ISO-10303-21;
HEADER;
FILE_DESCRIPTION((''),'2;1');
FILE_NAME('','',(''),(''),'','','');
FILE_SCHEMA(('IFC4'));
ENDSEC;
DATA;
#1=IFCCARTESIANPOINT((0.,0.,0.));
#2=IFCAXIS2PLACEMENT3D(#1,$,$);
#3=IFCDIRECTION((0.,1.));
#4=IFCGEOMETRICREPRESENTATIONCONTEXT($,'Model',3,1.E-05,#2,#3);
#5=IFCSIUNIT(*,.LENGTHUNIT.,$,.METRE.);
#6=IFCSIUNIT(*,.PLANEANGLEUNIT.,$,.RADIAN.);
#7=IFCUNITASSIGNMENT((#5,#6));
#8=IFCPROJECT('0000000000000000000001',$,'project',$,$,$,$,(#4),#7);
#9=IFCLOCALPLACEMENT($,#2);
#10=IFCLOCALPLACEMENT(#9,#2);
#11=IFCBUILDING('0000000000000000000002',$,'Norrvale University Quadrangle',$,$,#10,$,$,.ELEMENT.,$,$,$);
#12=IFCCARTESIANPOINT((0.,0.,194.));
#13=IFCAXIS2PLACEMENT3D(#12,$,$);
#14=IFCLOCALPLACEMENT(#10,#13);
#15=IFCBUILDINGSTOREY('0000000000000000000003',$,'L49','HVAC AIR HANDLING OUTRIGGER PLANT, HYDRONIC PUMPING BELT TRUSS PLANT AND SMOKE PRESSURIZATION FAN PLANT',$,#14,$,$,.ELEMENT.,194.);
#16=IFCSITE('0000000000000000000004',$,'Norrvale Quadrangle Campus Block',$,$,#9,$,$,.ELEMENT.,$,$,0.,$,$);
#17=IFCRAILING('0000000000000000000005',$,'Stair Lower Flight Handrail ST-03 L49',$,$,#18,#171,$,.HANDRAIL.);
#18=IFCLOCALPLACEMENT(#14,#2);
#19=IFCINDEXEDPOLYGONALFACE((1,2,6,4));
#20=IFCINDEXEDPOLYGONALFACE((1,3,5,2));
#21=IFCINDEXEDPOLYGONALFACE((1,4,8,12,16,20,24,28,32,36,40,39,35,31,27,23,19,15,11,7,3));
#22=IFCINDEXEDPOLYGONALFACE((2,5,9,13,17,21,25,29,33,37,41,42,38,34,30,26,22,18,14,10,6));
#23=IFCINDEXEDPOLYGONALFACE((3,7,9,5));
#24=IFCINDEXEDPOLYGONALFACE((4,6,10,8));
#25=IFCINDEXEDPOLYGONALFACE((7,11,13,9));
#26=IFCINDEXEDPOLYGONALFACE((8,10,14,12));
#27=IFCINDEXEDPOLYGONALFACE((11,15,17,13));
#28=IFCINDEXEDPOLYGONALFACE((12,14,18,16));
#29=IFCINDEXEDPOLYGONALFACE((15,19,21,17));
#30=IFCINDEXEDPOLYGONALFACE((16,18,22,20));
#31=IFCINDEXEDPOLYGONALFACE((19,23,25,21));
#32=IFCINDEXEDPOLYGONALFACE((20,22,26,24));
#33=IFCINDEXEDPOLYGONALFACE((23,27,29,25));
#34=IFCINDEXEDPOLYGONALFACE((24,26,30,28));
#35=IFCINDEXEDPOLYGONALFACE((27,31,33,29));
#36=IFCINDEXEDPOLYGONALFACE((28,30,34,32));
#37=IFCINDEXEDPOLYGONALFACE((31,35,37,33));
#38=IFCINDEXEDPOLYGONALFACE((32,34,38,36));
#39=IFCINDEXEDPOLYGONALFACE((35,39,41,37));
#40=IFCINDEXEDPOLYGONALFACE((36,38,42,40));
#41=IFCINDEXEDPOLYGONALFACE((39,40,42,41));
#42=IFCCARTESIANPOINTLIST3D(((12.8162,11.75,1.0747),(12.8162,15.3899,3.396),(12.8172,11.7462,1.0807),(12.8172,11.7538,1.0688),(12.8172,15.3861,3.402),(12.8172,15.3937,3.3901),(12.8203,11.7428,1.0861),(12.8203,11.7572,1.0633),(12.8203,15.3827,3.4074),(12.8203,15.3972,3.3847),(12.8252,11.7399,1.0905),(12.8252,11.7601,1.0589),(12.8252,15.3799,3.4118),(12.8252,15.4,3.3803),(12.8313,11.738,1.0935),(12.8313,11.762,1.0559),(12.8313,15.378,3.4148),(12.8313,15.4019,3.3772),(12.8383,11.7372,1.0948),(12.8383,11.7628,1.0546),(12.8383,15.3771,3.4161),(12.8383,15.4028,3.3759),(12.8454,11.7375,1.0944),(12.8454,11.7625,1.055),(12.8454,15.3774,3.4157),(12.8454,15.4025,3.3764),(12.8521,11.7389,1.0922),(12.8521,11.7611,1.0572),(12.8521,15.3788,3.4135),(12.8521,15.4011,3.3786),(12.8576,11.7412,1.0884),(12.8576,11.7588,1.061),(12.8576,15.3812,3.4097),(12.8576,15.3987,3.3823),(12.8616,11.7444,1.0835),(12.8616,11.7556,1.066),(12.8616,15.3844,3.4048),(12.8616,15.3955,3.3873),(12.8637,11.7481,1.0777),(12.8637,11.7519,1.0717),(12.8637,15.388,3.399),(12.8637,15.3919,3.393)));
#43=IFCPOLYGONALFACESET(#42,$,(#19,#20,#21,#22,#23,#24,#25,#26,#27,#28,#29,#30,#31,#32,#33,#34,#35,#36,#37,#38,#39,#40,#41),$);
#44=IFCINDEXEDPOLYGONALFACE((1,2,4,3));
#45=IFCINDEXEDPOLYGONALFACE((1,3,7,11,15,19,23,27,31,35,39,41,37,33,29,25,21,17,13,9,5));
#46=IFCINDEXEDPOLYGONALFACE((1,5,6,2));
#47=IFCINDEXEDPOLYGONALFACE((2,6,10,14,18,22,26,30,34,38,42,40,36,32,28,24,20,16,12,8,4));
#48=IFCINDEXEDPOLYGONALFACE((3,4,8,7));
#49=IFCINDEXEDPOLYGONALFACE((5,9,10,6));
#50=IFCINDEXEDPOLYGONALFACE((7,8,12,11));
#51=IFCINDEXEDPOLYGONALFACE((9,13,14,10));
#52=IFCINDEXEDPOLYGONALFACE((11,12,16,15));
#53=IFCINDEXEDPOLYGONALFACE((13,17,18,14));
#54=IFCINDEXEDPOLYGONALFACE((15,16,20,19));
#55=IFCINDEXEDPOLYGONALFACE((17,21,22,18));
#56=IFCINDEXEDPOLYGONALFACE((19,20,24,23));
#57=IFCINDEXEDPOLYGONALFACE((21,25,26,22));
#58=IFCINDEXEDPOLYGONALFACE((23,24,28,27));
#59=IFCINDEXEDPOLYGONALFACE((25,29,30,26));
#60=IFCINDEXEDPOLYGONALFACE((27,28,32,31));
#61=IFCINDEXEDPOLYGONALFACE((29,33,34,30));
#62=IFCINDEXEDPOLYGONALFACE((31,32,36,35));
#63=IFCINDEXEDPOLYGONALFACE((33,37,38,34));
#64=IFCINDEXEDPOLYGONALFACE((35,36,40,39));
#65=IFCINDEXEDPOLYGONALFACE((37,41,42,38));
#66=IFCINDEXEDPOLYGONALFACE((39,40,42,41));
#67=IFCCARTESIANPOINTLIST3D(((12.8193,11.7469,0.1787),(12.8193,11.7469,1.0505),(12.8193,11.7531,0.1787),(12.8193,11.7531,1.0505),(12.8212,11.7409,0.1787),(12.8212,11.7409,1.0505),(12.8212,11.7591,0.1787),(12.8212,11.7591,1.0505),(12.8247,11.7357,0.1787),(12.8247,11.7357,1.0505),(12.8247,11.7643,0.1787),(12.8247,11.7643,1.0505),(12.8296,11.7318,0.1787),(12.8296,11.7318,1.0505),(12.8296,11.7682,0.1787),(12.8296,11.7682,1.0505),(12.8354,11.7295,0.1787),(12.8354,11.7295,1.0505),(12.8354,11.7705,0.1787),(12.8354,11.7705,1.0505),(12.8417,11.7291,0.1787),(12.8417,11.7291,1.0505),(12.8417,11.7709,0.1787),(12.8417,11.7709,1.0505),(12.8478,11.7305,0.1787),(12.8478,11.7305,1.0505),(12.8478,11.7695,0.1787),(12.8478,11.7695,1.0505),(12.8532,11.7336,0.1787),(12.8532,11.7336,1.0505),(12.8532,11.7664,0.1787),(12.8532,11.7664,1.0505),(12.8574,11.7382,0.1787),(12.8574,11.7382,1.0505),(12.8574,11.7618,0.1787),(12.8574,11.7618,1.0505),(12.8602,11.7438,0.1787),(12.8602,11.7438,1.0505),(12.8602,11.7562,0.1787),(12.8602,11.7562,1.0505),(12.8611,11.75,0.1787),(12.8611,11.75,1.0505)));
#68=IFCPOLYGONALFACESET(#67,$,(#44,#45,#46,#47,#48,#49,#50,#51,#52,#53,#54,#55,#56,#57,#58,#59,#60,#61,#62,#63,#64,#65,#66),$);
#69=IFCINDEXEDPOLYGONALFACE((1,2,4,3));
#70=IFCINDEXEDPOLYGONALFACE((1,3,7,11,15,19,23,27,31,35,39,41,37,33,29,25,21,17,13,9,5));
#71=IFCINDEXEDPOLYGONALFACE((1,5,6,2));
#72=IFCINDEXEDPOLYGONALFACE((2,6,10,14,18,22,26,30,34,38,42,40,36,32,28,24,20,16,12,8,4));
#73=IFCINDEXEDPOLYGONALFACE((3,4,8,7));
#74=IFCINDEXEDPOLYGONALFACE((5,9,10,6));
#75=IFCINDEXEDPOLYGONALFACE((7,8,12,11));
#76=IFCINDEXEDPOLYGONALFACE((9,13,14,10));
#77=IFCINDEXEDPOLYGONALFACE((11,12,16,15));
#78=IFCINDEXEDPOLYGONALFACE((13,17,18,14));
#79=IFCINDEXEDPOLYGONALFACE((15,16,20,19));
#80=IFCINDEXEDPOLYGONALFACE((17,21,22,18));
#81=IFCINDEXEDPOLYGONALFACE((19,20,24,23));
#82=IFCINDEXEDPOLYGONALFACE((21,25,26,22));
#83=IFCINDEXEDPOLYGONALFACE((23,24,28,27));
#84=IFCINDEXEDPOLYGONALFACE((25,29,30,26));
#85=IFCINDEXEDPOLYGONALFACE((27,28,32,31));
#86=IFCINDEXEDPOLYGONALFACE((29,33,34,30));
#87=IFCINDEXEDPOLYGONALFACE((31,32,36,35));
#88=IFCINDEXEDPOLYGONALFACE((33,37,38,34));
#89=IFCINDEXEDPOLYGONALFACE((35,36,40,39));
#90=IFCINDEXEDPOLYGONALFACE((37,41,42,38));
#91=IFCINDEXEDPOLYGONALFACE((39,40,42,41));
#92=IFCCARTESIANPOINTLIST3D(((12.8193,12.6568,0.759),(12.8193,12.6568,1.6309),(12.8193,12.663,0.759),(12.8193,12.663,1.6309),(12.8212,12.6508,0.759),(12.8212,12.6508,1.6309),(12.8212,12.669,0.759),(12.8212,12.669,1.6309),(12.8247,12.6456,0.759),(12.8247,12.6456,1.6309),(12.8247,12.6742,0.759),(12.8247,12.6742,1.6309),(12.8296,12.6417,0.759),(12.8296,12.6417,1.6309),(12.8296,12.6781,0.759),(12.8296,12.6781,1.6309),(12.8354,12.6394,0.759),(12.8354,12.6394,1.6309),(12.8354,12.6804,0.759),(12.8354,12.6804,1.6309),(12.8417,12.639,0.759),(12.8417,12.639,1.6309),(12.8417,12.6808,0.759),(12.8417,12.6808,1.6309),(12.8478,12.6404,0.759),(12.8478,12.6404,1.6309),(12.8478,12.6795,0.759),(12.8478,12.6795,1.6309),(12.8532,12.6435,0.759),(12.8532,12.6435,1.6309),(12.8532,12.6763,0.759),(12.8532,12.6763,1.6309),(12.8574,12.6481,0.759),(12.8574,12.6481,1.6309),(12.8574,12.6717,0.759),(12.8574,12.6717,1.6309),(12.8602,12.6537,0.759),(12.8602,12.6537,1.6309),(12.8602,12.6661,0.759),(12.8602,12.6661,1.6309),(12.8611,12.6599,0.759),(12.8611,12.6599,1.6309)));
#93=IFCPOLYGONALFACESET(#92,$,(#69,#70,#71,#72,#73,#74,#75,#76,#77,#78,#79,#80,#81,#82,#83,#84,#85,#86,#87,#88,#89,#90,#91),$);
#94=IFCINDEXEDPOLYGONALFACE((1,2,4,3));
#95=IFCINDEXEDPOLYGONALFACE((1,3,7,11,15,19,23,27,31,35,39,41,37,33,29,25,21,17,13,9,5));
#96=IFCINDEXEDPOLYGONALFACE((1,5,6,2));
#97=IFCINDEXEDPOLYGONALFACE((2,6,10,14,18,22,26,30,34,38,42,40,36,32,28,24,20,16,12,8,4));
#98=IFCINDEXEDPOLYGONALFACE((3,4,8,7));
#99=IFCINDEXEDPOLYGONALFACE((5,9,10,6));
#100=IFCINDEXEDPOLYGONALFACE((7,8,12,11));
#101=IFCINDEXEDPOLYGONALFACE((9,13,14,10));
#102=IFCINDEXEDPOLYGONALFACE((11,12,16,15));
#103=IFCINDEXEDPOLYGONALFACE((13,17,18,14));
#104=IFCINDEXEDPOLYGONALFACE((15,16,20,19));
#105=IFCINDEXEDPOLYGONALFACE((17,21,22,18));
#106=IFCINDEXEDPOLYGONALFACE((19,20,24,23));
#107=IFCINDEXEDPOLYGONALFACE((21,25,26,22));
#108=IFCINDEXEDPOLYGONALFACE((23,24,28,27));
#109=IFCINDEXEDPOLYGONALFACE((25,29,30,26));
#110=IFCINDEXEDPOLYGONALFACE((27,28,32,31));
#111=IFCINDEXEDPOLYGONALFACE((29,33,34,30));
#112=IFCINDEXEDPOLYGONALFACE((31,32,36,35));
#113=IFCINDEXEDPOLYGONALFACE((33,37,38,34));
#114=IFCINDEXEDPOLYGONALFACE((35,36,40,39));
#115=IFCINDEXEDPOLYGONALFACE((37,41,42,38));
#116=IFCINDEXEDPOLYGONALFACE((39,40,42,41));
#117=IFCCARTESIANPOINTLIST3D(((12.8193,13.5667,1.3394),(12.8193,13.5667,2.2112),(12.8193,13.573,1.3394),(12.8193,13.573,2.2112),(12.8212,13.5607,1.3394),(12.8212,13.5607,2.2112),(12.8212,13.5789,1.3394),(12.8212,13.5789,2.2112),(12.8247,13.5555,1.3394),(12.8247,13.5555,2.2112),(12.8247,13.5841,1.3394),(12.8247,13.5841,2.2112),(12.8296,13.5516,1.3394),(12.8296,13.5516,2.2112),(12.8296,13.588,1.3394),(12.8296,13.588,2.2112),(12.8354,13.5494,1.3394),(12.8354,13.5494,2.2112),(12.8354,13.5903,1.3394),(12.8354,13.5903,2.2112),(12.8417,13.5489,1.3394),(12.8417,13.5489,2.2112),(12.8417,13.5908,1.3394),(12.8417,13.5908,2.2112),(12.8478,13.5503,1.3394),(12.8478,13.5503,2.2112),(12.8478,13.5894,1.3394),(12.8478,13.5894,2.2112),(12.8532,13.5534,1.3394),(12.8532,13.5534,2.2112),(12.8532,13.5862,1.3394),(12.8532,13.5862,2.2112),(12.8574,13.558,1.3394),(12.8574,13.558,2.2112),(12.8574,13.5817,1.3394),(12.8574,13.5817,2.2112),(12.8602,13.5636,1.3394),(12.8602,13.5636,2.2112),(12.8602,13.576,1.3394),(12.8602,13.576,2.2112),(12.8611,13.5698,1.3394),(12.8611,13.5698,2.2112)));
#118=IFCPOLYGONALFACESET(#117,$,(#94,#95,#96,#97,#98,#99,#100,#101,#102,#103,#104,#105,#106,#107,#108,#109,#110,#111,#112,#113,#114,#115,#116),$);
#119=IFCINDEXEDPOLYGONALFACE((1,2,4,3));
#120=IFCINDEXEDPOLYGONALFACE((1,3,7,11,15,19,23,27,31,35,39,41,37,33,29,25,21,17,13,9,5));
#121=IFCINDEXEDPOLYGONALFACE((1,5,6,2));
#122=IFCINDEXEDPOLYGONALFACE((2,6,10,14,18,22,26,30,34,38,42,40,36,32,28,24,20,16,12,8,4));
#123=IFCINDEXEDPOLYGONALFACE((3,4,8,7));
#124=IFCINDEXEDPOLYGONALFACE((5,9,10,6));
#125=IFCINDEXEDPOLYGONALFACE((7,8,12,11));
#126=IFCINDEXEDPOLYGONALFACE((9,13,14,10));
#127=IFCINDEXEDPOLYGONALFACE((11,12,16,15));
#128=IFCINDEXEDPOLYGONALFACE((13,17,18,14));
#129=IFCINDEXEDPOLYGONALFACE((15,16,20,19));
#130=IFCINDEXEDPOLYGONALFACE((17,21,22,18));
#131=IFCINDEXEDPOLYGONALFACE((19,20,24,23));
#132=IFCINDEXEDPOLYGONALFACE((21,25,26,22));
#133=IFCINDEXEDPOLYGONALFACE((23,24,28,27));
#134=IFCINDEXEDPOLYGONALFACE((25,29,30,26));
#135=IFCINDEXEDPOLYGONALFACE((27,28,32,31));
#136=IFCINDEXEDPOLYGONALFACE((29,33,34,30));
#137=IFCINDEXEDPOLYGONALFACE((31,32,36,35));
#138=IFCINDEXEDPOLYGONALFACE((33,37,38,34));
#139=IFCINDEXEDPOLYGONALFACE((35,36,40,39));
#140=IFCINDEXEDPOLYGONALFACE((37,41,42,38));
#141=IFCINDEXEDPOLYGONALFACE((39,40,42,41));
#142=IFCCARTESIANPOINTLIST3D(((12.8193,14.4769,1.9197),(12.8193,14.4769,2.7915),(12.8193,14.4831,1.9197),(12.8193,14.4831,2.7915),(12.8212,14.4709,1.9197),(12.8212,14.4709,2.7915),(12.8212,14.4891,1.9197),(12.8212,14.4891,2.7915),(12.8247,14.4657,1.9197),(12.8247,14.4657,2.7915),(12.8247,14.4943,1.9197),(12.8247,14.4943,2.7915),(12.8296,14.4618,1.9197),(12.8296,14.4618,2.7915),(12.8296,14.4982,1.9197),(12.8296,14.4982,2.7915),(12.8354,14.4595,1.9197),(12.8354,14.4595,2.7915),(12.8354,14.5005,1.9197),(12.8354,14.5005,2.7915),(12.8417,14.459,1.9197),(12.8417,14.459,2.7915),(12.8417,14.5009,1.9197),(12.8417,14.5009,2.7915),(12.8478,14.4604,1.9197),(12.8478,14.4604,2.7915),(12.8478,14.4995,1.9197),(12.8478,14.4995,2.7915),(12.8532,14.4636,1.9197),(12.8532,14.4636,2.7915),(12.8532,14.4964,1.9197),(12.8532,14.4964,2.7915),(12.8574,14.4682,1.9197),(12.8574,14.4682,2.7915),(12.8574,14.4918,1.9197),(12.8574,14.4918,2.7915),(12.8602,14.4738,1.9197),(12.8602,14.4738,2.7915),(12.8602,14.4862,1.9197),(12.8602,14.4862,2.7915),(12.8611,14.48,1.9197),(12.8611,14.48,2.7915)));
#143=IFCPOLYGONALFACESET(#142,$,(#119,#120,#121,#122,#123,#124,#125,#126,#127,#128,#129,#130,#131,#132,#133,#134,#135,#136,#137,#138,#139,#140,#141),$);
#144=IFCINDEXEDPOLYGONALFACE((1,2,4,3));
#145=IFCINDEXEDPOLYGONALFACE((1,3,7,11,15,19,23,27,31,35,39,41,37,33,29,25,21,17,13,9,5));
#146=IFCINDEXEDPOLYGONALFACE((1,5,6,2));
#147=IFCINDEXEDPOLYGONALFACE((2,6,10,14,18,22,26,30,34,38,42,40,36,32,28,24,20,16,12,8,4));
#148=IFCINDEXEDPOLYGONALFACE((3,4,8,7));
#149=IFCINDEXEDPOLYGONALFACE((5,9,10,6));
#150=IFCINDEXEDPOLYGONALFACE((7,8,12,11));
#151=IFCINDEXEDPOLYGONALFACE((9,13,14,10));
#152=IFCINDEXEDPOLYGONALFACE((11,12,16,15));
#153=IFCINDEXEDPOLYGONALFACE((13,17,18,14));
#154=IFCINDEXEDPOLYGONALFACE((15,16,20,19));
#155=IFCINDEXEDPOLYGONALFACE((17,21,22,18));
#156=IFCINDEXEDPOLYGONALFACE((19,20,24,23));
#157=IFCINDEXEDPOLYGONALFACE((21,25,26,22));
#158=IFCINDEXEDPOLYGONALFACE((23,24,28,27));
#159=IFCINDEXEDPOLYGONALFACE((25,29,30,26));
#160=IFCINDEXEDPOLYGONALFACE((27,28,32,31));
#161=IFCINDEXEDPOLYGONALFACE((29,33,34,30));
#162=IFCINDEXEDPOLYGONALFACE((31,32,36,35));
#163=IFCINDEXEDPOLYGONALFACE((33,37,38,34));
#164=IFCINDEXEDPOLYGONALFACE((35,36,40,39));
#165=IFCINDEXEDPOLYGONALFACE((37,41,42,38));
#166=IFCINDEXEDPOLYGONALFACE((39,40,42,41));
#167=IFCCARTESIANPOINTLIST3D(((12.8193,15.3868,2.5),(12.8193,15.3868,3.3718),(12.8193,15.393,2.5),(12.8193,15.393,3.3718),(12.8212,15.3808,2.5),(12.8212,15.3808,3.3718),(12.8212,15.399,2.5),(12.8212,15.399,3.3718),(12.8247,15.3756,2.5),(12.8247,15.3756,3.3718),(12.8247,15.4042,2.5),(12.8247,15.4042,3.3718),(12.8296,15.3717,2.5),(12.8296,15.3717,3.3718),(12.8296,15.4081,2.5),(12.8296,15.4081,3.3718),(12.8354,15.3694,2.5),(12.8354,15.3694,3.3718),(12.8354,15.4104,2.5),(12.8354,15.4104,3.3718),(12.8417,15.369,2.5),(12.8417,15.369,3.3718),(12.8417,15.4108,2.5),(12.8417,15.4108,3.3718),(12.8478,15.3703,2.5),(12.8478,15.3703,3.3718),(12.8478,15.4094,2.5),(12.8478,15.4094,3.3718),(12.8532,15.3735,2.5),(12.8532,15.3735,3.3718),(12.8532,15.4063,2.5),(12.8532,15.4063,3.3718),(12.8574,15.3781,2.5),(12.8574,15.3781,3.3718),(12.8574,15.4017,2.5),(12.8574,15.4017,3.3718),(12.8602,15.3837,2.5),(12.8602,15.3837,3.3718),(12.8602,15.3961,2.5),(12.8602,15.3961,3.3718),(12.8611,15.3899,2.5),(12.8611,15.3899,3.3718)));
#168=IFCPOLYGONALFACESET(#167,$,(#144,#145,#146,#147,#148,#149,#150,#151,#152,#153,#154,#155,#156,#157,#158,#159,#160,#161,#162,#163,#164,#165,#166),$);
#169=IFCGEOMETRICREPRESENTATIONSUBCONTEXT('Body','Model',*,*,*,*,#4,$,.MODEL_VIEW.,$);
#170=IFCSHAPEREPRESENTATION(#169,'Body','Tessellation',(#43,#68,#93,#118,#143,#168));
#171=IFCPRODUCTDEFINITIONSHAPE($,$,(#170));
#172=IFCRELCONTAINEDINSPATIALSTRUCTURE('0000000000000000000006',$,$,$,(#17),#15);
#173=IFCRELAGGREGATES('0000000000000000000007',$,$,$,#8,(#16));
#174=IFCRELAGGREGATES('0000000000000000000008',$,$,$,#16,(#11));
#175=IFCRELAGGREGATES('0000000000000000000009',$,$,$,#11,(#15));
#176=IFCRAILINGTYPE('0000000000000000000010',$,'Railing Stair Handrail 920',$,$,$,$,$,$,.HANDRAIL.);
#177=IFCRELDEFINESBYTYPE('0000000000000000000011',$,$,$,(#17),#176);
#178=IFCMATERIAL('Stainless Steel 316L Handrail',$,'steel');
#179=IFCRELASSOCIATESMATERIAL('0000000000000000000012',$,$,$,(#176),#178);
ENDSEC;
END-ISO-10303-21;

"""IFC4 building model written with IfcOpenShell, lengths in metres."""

from ifc_helpers import new_model, si_unit, direction, frame, origin, origin_2d, place, context, subcontext, project, spatial, circle, extrude, material, type_object, element, save


model = new_model("IFC4")

# Units and contexts
model_context = context("Model", 3, precision=1e-05, world=origin(), true_north=direction((0.0, 1.0)))
body_context = subcontext(model_context, "Body", "Model", "MODEL_VIEW")
ifc_project = project(units=[si_unit("LENGTHUNIT", "METRE"), si_unit("PLANEANGLEUNIT", "RADIAN")], contexts=[model_context])

# Site, building, storey
site_placement = place(None, origin())
site = spatial("IfcSite", under=ifc_project, at=site_placement, Name="Norrvale Quadrangle Campus Block", CompositionType="ELEMENT", RefElevation=0.0)
building_placement = place(site_placement, origin())
building = spatial("IfcBuilding", under=site, at=building_placement, Name="Norrvale University Quadrangle", CompositionType="ELEMENT")
storey_placement = place(building_placement, frame((0.0, 0.0, 194.0)))
storey = spatial("IfcBuildingStorey", under=building, at=storey_placement, Name="L49", Description="HVAC AIR HANDLING OUTRIGGER PLANT, HYDRONIC PUMPING BELT TRUSS PLANT AND SMOKE PRESSURIZATION FAN PLANT", CompositionType="ELEMENT", Elevation=194.0)

# Railing
ifc_material_1 = material(Name="Stainless Steel 316L Handrail", Category="steel")
railing_type_1 = type_object("IfcRailingType", Name="Railing Stair Handrail 920", PredefinedType="HANDRAIL", material=ifc_material_1)
railing_1_placement = place(storey_placement, frame((12.8401, 11.75, 0.1787)))
element("IfcRailing", 1, at=railing_1_placement, inside=storey, type_object=railing_type_1, Name="Stair Lower Flight Handrail ST-03 L49", PredefinedType="HANDRAIL", context=body_context, shape_type="SweptSolid", body=[
    extrude(circle(Radius=0.0239, at=origin_2d()), frame((0.0, 0.0, 0.896), z_axis=(0.0, 0.843137, 0.537699), x_axis=(-1.0, 0.0, 0.0)), (0.0, 0.0, 1.0), 4.3171),
    extrude(circle(Radius=0.021, at=origin_2d()), origin(), (0.0, 0.0, 1.0), 0.8718),
    extrude(circle(Radius=0.021, at=origin_2d()), frame((0.0, 0.9099, 0.5803)), (0.0, 0.0, 1.0), 0.8718),
    extrude(circle(Radius=0.021, at=origin_2d()), frame((0.0, 1.8198, 1.1606)), (0.0, 0.0, 1.0), 0.8718),
    extrude(circle(Radius=0.021, at=origin_2d()), frame((0.0, 2.73, 1.741)), (0.0, 0.0, 1.0), 0.8718),
    extrude(circle(Radius=0.021, at=origin_2d()), frame((0.0, 3.6399, 2.3213)), (0.0, 0.0, 1.0), 0.8718),
])

save(model, "model.ifc")
